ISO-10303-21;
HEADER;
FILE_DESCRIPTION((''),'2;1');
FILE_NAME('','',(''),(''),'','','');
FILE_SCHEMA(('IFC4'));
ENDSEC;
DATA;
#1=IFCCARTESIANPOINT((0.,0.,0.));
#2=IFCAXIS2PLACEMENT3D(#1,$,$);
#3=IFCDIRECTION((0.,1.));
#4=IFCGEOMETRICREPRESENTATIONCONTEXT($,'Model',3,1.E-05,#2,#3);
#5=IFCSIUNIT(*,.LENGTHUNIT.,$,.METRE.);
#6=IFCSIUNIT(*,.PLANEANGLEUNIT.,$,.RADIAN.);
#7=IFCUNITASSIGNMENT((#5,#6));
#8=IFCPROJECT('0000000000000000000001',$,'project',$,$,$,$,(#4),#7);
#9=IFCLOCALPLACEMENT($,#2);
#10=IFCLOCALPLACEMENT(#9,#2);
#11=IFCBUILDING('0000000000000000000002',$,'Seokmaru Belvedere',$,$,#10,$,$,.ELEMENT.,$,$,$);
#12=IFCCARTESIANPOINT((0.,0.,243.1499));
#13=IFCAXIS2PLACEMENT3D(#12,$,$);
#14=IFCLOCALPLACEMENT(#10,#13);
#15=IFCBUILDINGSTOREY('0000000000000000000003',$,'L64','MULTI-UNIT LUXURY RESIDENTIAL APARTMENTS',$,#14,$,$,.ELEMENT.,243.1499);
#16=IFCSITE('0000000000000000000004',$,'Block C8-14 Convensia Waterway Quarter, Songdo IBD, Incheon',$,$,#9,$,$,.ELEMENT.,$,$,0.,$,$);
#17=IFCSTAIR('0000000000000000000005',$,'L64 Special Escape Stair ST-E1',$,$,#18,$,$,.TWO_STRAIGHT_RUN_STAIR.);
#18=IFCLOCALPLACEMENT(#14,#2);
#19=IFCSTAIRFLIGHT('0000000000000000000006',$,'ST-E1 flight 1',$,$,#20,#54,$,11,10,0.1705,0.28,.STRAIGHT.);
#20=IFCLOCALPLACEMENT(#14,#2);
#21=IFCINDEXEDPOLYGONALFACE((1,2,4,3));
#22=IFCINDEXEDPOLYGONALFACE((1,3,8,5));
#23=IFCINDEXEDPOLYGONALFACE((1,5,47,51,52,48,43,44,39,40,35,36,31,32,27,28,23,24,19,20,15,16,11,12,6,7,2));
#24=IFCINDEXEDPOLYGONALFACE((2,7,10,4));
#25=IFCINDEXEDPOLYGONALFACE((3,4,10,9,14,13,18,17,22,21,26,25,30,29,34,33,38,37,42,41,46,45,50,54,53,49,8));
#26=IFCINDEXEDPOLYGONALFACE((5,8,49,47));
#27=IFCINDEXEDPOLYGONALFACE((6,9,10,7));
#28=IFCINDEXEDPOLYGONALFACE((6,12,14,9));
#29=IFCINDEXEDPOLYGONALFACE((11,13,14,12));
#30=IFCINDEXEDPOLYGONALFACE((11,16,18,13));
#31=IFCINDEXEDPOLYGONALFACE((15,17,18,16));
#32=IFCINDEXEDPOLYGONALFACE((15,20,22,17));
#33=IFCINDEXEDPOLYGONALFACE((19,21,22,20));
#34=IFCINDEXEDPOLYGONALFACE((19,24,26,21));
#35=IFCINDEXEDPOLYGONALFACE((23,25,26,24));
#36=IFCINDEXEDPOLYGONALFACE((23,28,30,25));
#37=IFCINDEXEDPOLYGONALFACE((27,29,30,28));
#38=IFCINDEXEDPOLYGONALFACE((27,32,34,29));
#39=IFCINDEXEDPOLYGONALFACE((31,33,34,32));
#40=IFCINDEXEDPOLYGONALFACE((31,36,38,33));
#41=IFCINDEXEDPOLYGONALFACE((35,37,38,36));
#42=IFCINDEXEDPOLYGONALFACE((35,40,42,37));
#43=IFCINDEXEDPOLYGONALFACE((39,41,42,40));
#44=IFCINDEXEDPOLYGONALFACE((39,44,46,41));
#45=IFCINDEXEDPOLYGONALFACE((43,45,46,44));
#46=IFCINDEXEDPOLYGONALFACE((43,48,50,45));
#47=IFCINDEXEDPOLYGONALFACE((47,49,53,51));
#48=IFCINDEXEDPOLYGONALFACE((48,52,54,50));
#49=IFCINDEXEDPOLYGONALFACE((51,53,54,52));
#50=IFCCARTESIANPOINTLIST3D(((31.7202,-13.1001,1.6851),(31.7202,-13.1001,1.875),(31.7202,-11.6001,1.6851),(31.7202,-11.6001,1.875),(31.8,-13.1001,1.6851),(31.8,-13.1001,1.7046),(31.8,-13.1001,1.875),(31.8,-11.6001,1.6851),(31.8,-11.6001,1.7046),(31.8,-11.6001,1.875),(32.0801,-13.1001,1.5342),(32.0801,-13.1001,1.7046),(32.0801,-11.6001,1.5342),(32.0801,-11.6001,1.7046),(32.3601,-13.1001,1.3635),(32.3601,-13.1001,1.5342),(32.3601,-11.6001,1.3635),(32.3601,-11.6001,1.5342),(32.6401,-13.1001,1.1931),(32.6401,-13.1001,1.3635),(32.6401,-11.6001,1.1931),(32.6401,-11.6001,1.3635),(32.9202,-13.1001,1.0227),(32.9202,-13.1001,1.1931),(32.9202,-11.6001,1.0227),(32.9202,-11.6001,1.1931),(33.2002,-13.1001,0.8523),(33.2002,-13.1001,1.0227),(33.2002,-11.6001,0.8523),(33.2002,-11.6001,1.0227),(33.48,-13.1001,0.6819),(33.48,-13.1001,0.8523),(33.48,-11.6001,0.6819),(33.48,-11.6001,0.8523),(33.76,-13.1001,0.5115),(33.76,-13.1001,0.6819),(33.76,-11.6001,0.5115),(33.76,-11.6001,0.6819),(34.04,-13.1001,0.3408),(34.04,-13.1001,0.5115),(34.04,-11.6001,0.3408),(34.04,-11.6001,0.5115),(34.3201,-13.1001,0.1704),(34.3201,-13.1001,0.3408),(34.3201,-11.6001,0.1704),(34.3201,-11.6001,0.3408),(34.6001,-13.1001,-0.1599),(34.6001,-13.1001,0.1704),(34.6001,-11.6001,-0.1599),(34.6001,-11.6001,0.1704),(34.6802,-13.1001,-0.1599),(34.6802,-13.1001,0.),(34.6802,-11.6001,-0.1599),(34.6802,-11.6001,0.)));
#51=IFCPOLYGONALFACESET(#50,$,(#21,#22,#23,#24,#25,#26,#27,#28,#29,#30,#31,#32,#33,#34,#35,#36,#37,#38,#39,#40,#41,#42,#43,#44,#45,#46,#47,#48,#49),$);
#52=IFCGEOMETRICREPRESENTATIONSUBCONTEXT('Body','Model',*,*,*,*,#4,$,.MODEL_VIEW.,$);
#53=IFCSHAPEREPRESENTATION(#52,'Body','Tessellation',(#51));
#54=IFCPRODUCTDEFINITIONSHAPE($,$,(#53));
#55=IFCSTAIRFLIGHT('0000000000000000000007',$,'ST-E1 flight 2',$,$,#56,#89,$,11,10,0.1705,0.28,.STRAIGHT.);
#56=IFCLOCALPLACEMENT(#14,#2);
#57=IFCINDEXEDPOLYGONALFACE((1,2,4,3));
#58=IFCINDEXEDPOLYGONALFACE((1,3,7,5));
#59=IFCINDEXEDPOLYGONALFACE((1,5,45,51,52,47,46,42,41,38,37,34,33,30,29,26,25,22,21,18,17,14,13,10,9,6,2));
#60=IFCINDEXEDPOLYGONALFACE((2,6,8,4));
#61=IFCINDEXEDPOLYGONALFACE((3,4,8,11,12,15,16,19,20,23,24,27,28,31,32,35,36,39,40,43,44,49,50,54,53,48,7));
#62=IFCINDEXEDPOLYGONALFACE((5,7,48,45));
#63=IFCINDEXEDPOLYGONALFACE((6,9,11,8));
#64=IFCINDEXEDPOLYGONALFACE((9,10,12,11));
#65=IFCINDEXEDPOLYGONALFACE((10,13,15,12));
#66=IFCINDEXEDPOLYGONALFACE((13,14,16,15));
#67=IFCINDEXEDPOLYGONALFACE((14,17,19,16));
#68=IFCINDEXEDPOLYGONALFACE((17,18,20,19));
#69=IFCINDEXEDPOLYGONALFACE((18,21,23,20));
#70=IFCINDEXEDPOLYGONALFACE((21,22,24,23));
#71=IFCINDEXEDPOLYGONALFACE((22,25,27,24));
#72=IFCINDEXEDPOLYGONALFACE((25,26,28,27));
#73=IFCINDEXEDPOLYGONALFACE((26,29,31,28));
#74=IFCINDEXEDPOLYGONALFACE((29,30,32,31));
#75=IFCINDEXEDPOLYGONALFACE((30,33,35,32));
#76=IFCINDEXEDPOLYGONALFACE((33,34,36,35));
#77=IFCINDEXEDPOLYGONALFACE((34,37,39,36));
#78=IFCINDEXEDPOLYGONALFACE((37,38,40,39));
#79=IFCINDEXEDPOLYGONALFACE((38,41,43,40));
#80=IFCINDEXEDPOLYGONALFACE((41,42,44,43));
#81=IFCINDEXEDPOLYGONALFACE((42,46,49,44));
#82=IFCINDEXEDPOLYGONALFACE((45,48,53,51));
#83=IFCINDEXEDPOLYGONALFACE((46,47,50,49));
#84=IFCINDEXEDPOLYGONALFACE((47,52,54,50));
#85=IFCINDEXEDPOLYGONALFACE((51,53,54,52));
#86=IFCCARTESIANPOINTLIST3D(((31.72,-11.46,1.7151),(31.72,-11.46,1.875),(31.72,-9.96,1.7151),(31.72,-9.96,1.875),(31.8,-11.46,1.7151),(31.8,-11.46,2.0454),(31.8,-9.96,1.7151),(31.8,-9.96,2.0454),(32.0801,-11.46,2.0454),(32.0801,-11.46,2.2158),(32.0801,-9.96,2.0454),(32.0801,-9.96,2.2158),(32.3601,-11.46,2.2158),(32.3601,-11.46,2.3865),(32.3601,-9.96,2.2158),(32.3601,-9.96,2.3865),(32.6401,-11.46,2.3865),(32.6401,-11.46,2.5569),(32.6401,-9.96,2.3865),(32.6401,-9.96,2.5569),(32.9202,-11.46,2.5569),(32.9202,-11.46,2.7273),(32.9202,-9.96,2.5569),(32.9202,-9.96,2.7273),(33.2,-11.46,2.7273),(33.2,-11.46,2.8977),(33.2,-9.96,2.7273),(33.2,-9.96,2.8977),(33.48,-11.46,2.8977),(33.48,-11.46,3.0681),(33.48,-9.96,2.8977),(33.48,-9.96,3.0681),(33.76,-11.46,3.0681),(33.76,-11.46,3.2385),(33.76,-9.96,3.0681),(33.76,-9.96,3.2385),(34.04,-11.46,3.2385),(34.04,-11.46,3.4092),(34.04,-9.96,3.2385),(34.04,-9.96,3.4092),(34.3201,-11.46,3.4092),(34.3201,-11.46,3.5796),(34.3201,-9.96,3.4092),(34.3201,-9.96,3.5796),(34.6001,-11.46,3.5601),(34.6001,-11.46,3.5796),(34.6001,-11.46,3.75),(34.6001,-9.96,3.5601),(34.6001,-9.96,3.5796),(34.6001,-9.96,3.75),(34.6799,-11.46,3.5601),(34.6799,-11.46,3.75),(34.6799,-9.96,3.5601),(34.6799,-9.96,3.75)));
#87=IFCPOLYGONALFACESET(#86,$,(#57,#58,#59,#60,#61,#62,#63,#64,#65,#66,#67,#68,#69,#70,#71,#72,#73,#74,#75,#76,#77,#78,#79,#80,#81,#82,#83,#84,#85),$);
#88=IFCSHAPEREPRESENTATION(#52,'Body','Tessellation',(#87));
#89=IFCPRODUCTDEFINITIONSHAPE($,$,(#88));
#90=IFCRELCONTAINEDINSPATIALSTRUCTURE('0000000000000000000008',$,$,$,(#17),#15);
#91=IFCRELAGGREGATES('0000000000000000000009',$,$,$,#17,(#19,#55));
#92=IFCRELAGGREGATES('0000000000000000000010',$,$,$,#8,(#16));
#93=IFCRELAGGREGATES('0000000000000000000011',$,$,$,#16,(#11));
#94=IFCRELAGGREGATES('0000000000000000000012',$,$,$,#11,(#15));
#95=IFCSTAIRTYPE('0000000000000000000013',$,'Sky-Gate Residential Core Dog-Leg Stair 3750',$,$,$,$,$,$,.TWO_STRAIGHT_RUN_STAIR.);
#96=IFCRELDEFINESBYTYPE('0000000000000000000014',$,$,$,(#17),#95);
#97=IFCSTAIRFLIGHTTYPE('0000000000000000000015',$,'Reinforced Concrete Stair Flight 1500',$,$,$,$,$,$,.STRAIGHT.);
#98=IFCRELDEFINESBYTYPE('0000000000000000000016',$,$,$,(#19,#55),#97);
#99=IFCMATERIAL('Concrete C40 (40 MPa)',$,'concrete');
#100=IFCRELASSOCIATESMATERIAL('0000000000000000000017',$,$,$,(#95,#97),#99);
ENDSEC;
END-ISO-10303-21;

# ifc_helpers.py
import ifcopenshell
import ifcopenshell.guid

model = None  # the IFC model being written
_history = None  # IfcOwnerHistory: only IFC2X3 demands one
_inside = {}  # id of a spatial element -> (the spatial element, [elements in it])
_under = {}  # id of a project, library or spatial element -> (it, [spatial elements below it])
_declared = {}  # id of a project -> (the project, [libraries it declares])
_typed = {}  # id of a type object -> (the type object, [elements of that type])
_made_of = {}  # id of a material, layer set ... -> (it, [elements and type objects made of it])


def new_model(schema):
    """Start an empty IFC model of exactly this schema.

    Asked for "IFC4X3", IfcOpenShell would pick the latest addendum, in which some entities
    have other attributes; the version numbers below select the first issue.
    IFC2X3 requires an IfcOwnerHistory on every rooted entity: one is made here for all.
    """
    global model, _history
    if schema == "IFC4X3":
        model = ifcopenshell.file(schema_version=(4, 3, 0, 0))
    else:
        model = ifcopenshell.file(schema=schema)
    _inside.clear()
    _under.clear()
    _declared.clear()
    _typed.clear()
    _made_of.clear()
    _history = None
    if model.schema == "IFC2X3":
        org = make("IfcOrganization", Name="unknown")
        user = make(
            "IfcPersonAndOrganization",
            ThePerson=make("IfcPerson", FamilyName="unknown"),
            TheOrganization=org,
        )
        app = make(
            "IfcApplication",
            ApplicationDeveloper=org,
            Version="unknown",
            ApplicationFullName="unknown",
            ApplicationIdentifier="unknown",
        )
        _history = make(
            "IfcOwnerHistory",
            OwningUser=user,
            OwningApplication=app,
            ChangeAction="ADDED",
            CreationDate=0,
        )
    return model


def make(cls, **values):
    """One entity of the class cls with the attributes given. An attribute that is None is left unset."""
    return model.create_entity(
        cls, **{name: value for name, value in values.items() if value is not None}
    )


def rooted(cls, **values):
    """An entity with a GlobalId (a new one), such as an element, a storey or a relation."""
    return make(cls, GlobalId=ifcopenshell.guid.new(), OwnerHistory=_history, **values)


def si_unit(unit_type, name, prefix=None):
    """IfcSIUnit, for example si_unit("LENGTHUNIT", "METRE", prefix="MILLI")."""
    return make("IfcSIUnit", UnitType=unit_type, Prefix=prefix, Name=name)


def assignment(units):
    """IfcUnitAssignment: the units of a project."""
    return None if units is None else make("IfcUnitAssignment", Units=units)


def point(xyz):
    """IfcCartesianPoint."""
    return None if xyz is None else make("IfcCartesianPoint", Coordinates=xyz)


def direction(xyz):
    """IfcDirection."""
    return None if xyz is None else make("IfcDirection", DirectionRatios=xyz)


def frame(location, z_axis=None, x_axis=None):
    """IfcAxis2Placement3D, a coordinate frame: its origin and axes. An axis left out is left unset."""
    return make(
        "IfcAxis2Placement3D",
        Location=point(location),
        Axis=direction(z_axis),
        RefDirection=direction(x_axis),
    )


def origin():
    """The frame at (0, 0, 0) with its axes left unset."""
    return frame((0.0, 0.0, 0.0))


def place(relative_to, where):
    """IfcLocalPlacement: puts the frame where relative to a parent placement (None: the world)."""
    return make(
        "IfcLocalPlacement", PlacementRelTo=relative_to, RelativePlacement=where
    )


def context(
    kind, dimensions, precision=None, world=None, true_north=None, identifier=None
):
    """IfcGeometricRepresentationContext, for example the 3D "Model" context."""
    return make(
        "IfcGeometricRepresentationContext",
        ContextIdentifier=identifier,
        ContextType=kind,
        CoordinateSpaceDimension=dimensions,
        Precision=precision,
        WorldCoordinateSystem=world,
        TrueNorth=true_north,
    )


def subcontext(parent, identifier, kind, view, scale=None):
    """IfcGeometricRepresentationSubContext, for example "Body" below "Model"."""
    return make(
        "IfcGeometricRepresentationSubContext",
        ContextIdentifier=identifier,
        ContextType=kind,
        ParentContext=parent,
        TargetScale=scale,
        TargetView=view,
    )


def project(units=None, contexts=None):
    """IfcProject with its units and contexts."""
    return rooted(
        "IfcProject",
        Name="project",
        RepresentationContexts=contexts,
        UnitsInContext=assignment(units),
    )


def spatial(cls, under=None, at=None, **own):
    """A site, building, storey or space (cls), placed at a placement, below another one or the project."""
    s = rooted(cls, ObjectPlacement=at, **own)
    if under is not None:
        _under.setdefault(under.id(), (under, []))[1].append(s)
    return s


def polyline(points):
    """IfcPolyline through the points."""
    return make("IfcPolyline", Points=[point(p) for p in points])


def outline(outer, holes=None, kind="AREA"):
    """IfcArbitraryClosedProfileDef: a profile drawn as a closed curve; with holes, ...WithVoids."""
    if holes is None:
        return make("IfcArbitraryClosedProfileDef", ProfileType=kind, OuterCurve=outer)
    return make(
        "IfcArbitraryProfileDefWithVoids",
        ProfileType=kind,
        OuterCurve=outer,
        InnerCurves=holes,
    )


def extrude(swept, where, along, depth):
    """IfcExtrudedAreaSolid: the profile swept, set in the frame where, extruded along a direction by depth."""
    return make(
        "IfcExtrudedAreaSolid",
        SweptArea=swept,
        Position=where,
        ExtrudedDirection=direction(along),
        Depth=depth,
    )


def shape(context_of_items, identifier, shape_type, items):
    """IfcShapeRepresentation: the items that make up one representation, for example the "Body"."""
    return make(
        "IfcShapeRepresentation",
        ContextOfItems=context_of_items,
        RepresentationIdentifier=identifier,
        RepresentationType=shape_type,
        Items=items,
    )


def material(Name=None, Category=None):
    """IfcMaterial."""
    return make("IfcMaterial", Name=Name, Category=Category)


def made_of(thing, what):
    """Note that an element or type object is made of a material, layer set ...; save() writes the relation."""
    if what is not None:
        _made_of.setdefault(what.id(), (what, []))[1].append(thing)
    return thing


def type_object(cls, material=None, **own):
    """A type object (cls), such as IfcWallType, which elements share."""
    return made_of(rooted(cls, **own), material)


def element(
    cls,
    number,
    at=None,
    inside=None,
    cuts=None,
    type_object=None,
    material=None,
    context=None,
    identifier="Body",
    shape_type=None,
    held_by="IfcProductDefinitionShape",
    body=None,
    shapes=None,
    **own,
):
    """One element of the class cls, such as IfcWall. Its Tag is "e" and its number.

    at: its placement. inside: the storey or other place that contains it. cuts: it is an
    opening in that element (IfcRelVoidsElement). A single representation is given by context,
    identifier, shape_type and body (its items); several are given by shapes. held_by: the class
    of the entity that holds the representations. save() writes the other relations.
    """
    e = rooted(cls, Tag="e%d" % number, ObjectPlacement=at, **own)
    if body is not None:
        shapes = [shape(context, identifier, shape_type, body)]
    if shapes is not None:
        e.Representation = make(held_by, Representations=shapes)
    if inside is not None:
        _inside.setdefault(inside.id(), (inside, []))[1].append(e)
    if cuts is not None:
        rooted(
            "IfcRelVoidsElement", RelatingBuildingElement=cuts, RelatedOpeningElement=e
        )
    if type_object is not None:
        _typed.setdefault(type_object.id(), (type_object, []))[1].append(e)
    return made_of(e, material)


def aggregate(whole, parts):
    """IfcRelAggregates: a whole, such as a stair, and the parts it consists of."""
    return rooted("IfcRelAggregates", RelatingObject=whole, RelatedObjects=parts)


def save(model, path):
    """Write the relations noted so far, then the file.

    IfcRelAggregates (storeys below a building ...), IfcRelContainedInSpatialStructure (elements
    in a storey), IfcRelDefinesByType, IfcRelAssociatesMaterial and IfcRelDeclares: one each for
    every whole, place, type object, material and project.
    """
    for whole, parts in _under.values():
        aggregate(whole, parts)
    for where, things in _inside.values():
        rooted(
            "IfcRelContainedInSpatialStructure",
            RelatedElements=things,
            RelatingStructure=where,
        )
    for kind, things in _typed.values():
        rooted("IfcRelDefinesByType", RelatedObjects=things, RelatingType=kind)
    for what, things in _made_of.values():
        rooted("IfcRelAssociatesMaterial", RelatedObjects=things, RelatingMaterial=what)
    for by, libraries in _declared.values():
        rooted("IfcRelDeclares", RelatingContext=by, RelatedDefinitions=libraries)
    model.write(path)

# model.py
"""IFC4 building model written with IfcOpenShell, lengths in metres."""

from ifc_helpers import new_model, si_unit, direction, frame, origin, place, context, subcontext, project, spatial, polyline, outline, extrude, material, type_object, element, aggregate, save


model = new_model("IFC4")

# Units and contexts
model_context = context("Model", 3, precision=1e-05, world=origin(), true_north=direction((0.0, 1.0)))
body_context = subcontext(model_context, "Body", "Model", "MODEL_VIEW")
ifc_project = project(units=[si_unit("LENGTHUNIT", "METRE"), si_unit("PLANEANGLEUNIT", "RADIAN")], contexts=[model_context])

# Site, building, storey
site_placement = place(None, origin())
site = spatial("IfcSite", under=ifc_project, at=site_placement, Name="Block C8-14 Convensia Waterway Quarter, Songdo IBD, Incheon", CompositionType="ELEMENT", RefElevation=0.0)
building_placement = place(site_placement, origin())
building = spatial("IfcBuilding", under=site, at=building_placement, Name="Seokmaru Belvedere", CompositionType="ELEMENT")
storey_placement = place(building_placement, frame((0.0, 0.0, 243.1499)))
storey = spatial("IfcBuildingStorey", under=building, at=storey_placement, Name="L64", Description="MULTI-UNIT LUXURY RESIDENTIAL APARTMENTS", CompositionType="ELEMENT", Elevation=243.1499)

# Stair, stair flights
ifc_material_1 = material(Name="Concrete C40 (40 MPa)", Category="concrete")
stair_type = type_object("IfcStairType", Name="Sky-Gate Residential Core Dog-Leg Stair 3750", PredefinedType="TWO_STRAIGHT_RUN_STAIR", material=ifc_material_1)
stair_placement = place(storey_placement, origin())
stair = element("IfcStair", 1, at=stair_placement, inside=storey, type_object=stair_type, Name="L64 Special Escape Stair ST-E1", PredefinedType="TWO_STRAIGHT_RUN_STAIR")
stair_flight_type = type_object("IfcStairFlightType", Name="Reinforced Concrete Stair Flight 1500", PredefinedType="STRAIGHT", material=ifc_material_1)
stair_flight_1_placement = place(storey_placement, frame((34.6001, -12.3501, 0.0), z_axis=(0.0, 0.0, 1.0), x_axis=(-1.0, 0.0, 0.0)))
stair_flight_1 = element("IfcStairFlight", 2, at=stair_flight_1_placement, type_object=stair_flight_type, Name="ST-E1 flight 1", NumberOfRisers=11, NumberOfTreads=10, PredefinedType="STRAIGHT", RiserHeight=0.1705, TreadLength=0.28, context=body_context, shape_type="SweptSolid", body=[
    extrude(outline(polyline([(-0.0801, 0.0), (0.0, 0.1704), (0.28, 0.1704), (0.28, 0.3408), (0.5601, 0.3408), (0.5601, 0.5115), (0.8401, 0.5115), (0.8401, 0.6819), (1.1201, 0.6819), (1.1201, 0.8523), (1.3999, 0.8523), (1.3999, 1.0227), (1.6799, 1.0227), (1.6799, 1.1931), (1.96, 1.1931), (1.96, 1.3635), (2.24, 1.3635), (2.24, 1.5342), (2.52, 1.5342), (2.52, 1.7046), (2.8, 1.7046), (2.8, 1.875), (2.8799, 1.875), (2.8799, 1.6851), (2.8, 1.6851), (0.0, -0.1599), (-0.0801, -0.1599), (-0.0801, 0.0)])), frame((0.0, 0.75, 0.0), z_axis=(0.0, -1.0, 0.0), x_axis=(1.0, 0.0, 0.0)), (0.0, 0.0, 1.0), 1.5),
])
stair_flight_2_placement = place(storey_placement, frame((31.8, -10.71, 1.875), z_axis=(0.0, 0.0, 1.0), x_axis=(1.0, 0.0, 0.0)))
stair_flight_2 = element("IfcStairFlight", 3, at=stair_flight_2_placement, type_object=stair_flight_type, Name="ST-E1 flight 2", NumberOfRisers=11, NumberOfTreads=10, PredefinedType="STRAIGHT", RiserHeight=0.1705, TreadLength=0.28, context=body_context, shape_type="SweptSolid", body=[
    extrude(outline(polyline([(-0.0801, 0.0), (0.0, 0.1704), (0.28, 0.1704), (0.28, 0.3408), (0.5601, 0.3408), (0.5601, 0.5115), (0.8401, 0.5115), (0.8401, 0.6819), (1.1201, 0.6819), (1.1201, 0.8523), (1.3999, 0.8523), (1.3999, 1.0227), (1.6799, 1.0227), (1.6799, 1.1931), (1.96, 1.1931), (1.96, 1.3635), (2.24, 1.3635), (2.24, 1.5342), (2.52, 1.5342), (2.52, 1.7046), (2.8, 1.7046), (2.8, 1.875), (2.8799, 1.875), (2.8799, 1.6851), (2.8, 1.6851), (0.0, -0.1599), (-0.0801, -0.1599), (-0.0801, 0.0)])), frame((0.0, 0.75, 0.0), z_axis=(0.0, -1.0, 0.0), x_axis=(1.0, 0.0, 0.0)), (0.0, 0.0, 1.0), 1.5),
])
aggregate(stair, [stair_flight_1, stair_flight_2])

save(model, "model.ifc")
